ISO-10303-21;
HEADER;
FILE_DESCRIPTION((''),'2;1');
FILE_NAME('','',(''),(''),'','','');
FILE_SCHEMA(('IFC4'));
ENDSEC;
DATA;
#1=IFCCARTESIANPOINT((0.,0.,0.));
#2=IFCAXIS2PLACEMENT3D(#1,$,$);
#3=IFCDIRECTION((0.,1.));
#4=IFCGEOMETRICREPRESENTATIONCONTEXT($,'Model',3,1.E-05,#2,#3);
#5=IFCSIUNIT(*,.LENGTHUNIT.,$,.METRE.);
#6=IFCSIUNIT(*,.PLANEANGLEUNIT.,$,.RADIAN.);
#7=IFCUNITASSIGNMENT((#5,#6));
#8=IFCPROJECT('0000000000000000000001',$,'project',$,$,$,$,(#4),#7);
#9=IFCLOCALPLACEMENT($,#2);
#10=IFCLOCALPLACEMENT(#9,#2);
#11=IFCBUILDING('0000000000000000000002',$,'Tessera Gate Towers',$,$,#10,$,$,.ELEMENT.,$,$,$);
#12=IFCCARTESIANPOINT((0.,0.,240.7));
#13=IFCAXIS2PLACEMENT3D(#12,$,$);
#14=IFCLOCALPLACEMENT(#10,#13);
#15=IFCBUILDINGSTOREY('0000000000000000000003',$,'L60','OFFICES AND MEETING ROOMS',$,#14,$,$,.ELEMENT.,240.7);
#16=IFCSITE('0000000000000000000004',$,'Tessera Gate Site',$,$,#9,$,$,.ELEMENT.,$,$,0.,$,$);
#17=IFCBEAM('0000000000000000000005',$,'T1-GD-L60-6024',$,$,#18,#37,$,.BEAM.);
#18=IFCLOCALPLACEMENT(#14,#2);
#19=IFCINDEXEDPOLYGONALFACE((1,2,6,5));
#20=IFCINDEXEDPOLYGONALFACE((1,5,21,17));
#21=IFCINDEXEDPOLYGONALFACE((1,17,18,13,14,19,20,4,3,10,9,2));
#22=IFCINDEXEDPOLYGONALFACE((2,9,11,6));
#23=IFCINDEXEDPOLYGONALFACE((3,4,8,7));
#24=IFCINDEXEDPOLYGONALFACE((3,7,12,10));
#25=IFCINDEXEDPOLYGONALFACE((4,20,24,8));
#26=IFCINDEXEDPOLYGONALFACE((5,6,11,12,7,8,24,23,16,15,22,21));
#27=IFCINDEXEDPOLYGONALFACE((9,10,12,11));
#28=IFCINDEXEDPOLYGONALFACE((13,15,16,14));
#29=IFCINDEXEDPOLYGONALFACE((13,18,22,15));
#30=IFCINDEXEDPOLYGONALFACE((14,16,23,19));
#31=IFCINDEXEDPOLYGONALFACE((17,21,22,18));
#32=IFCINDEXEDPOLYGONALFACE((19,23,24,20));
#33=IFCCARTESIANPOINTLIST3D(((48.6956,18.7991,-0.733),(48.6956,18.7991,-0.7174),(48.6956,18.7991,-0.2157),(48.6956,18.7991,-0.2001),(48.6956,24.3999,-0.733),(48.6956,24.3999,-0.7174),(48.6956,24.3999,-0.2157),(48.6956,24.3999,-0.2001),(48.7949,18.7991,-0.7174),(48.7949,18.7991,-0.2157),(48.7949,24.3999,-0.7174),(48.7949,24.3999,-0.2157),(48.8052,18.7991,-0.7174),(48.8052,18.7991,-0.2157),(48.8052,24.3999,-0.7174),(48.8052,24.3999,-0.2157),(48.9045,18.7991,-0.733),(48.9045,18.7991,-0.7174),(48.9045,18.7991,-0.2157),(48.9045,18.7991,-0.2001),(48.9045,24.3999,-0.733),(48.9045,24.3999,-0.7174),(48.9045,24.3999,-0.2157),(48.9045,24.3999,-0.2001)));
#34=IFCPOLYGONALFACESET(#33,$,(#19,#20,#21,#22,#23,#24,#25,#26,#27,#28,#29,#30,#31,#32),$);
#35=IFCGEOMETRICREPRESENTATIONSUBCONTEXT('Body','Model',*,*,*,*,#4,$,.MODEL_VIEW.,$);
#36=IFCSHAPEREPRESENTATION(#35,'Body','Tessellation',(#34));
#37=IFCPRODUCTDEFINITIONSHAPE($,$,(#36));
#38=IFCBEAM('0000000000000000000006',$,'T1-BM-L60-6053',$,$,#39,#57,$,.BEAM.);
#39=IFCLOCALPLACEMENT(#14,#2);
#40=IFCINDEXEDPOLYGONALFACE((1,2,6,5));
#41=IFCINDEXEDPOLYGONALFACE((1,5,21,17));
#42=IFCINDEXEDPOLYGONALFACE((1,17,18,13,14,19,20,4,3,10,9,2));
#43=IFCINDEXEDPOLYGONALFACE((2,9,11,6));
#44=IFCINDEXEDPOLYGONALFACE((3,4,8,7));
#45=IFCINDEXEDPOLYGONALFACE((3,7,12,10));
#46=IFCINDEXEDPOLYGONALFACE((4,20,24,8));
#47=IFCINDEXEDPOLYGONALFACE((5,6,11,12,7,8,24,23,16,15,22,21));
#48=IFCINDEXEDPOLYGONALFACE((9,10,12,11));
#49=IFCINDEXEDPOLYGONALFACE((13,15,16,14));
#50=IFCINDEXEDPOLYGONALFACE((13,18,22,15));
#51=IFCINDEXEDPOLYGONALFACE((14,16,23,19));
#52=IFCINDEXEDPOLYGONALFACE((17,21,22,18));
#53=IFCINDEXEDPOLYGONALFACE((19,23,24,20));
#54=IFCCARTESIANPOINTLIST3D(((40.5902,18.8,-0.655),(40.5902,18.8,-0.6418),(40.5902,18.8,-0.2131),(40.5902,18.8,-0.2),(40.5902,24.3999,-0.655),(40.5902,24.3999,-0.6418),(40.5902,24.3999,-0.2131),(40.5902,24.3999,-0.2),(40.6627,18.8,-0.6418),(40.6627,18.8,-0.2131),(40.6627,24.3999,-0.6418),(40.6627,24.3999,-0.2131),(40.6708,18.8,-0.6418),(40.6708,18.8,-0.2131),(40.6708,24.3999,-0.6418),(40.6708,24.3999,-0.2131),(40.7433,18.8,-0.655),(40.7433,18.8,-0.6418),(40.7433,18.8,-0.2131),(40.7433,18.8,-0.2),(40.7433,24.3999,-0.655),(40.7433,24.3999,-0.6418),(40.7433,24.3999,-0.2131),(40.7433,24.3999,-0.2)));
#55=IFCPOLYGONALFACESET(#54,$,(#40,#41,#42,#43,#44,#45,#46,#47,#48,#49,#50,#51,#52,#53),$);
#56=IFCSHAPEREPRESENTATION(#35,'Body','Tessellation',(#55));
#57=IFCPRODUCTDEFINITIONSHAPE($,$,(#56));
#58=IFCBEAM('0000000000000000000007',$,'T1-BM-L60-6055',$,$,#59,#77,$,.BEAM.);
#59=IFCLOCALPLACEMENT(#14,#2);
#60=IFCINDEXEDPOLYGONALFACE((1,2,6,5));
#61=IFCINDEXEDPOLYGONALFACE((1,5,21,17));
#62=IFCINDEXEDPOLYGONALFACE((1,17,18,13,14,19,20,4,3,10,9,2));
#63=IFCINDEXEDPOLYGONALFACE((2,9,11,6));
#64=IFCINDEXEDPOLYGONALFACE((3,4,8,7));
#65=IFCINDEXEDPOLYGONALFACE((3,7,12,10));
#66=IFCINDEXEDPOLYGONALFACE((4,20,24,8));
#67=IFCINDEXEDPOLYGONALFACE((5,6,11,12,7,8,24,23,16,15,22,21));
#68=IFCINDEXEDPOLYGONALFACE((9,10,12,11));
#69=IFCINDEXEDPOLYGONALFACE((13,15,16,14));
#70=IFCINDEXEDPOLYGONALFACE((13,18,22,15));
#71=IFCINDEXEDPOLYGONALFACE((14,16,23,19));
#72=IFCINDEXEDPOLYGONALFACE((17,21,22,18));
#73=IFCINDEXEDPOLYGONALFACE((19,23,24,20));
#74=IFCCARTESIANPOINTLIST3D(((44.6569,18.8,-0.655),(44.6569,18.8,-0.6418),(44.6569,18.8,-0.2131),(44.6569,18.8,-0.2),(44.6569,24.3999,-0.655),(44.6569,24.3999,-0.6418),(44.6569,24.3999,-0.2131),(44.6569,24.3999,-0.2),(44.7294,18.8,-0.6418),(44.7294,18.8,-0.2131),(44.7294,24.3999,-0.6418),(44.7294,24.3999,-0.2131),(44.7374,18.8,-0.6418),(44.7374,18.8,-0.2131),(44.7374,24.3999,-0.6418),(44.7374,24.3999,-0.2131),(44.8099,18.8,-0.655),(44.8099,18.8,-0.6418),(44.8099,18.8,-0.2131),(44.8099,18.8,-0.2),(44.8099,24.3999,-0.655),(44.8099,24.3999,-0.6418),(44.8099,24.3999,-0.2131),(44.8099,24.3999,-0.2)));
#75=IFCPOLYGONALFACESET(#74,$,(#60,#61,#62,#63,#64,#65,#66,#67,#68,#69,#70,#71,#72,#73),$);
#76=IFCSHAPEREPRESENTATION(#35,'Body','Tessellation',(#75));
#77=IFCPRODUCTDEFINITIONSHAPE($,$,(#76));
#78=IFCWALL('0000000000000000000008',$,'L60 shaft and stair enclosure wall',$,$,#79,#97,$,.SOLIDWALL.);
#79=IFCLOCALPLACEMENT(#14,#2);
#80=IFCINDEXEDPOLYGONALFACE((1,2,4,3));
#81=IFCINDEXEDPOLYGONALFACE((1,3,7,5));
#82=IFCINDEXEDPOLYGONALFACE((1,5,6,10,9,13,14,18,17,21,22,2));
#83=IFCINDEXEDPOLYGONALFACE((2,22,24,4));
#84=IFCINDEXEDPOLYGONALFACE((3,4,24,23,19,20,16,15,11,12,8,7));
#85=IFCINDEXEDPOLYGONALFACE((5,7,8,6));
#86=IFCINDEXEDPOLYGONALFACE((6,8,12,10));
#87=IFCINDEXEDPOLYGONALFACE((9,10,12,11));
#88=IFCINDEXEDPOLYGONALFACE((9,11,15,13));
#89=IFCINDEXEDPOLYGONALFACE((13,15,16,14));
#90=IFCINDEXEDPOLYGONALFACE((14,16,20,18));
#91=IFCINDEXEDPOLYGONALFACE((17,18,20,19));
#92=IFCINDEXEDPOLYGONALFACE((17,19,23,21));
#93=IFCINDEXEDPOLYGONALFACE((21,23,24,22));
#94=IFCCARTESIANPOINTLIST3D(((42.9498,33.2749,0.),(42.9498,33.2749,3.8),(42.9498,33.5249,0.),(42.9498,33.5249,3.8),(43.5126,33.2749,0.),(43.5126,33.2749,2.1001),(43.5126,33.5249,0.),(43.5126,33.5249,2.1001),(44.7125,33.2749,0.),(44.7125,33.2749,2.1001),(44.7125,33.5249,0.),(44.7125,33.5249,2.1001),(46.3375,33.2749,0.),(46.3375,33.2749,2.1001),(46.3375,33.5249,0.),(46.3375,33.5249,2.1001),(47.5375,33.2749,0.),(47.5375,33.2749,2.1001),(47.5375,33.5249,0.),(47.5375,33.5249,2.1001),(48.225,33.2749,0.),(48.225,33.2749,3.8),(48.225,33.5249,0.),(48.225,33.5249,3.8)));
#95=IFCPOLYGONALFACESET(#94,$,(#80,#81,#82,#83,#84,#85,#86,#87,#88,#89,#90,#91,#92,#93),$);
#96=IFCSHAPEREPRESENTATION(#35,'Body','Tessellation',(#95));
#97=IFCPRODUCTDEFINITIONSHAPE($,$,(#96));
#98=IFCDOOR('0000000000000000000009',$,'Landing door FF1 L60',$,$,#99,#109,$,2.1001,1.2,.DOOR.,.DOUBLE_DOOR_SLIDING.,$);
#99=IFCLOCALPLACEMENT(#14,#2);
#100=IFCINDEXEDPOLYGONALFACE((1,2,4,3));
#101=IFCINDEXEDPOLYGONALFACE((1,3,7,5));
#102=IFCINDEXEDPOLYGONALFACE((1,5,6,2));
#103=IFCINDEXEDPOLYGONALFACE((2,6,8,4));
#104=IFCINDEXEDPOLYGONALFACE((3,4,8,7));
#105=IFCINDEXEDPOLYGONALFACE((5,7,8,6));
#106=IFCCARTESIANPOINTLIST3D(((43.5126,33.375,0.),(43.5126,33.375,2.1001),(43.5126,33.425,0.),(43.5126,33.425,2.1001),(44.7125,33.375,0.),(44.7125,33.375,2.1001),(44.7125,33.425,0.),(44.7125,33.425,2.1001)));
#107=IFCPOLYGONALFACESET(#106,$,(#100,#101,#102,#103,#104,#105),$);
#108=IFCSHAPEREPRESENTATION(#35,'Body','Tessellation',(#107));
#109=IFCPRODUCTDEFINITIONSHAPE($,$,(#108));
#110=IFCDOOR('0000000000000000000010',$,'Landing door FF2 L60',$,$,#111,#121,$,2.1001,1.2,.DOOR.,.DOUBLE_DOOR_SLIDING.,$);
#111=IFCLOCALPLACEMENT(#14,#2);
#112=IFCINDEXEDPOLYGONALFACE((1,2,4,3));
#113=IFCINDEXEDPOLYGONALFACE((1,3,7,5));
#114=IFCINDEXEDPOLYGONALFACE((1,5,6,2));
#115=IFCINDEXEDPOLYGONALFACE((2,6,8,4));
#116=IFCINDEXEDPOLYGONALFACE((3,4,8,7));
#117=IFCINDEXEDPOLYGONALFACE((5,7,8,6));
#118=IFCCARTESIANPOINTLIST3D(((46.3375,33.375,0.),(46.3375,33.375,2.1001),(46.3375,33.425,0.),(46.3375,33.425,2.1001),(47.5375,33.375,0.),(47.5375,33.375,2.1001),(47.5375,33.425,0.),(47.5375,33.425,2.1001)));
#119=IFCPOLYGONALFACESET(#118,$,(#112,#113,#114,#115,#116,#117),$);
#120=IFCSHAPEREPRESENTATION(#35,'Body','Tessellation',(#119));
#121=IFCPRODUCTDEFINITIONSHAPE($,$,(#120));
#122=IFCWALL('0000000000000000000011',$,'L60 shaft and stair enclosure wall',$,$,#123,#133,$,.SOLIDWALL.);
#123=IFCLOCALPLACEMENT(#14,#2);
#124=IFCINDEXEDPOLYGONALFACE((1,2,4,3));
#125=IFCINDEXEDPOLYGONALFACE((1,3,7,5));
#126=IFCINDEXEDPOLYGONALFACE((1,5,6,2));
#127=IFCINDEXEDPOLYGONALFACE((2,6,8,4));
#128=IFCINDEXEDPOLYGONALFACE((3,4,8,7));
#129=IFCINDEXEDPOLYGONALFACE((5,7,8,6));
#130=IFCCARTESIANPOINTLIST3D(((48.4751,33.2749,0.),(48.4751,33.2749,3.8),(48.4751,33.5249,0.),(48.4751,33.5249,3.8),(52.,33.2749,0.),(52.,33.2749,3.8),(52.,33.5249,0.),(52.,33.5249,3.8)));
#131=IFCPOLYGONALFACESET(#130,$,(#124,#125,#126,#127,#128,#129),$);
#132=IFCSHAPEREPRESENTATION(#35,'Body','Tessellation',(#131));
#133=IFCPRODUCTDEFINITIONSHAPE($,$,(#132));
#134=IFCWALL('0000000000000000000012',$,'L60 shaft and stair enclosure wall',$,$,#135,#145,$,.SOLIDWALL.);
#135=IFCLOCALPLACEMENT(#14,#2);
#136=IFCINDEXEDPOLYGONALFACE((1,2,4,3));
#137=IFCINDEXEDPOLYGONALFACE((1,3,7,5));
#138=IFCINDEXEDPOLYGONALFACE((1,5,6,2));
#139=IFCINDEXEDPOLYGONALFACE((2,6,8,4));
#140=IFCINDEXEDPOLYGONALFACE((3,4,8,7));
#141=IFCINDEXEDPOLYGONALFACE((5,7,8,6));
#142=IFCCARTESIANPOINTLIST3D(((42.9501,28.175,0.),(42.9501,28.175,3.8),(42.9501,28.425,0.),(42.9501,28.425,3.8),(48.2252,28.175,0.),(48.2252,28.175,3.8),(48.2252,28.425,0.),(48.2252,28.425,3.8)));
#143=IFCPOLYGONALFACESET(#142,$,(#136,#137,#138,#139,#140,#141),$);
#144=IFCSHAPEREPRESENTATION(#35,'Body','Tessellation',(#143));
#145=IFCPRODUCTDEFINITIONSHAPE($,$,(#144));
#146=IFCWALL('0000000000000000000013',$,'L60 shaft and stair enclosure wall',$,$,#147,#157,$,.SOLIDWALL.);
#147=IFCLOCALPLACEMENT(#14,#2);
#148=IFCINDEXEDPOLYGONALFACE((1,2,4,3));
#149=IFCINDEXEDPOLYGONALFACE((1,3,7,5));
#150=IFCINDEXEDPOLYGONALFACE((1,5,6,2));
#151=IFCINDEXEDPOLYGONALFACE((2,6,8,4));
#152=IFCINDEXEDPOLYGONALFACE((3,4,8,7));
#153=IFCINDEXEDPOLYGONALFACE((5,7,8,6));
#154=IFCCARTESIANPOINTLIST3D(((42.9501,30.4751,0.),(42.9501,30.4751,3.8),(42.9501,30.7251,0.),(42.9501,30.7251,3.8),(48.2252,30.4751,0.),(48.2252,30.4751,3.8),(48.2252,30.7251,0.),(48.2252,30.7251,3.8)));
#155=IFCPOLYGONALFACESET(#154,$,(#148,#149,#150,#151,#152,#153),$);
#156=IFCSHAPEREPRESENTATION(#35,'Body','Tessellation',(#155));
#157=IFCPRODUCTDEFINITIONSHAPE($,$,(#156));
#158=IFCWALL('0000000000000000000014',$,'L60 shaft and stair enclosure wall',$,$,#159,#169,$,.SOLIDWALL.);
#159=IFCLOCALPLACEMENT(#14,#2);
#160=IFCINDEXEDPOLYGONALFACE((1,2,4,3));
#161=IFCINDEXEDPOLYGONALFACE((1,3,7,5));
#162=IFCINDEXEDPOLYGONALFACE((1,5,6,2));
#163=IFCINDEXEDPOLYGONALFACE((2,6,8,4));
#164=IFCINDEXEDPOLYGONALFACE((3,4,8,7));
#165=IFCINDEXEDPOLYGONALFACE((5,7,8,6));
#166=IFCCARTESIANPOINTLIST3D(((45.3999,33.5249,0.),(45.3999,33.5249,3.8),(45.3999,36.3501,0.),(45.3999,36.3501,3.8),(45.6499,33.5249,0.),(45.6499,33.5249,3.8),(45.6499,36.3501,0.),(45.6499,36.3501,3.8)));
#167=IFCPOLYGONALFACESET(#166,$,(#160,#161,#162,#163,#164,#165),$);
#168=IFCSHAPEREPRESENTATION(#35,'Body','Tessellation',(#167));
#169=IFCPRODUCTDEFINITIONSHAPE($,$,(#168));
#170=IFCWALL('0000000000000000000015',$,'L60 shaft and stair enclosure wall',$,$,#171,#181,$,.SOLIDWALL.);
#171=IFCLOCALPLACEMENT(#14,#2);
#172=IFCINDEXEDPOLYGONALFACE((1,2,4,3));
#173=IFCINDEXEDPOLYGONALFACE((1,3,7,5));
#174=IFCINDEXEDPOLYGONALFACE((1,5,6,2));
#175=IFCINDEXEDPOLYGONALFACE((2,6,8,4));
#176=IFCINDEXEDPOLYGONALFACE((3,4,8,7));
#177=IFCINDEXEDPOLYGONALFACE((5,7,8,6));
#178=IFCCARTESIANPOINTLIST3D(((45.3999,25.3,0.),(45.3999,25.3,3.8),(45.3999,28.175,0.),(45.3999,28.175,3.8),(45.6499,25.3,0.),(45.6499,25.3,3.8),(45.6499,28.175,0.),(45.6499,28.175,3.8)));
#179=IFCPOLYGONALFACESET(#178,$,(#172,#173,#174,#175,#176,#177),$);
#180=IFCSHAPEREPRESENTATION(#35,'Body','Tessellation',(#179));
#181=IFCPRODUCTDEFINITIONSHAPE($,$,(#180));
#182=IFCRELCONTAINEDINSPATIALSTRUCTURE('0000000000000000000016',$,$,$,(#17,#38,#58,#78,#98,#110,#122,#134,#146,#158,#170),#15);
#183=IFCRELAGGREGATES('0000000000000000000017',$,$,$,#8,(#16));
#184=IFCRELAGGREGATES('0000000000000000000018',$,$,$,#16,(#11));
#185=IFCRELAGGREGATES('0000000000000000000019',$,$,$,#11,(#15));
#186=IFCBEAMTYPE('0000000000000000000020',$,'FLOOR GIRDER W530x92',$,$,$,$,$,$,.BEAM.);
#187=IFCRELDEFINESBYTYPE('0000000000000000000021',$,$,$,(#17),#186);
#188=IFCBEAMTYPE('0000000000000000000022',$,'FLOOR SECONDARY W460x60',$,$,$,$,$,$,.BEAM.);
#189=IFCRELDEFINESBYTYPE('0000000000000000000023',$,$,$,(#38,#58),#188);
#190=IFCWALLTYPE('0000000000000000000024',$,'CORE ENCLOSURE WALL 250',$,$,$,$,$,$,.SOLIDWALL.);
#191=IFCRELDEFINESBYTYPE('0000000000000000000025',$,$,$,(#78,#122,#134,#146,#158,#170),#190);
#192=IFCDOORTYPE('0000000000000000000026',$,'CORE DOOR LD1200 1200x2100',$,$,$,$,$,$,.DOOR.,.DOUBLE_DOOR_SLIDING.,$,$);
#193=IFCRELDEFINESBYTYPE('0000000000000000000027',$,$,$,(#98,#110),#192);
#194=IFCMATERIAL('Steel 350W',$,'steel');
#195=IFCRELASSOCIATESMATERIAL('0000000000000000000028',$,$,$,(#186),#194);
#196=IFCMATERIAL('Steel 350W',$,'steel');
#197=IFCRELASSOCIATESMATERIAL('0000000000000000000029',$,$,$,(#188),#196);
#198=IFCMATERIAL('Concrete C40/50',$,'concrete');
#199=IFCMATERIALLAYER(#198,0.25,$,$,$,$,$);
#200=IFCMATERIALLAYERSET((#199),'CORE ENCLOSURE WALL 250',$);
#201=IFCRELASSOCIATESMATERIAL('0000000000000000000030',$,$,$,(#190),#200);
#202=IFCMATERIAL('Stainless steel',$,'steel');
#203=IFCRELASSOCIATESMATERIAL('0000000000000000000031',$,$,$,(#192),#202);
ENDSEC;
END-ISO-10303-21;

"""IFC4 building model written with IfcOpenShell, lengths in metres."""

from ifc_helpers import new_model, si_unit, direction, frame, frame_2d, origin, origin_2d, place, context, subcontext, project, spatial, rectangle, i_section, extrude, source, transform, mapped, material, layer, layer_set, material_profile, profile_set, type_object, element, fill, save


model = new_model("IFC4")

# Units and contexts
model_context = context("Model", 3, precision=1e-05, world=origin(), true_north=direction((0.0, 1.0)))
body_context = subcontext(model_context, "Body", "Model", "MODEL_VIEW")
ifc_project = project(units=[si_unit("LENGTHUNIT", "METRE"), si_unit("PLANEANGLEUNIT", "RADIAN")], contexts=[model_context])

# Site, building, storey
site_placement = place(None, origin())
site = spatial("IfcSite", under=ifc_project, at=site_placement, Name="Tessera Gate Site", CompositionType="ELEMENT", RefElevation=0.0)
building_placement = place(site_placement, origin())
building = spatial("IfcBuilding", under=site, at=building_placement, Name="Tessera Gate Towers", CompositionType="ELEMENT")
storey_placement = place(building_placement, frame((0.0, 0.0, 240.7)))
storey = spatial("IfcBuildingStorey", under=building, at=storey_placement, Name="L60", Description="OFFICES AND MEETING ROOMS", CompositionType="ELEMENT", Elevation=240.7)

# Beams
ifc_material_1 = material(Name="Steel 350W", Category="steel")
ifc_material_profile_1 = material_profile(ifc_material_1, i_section(OverallWidth=0.209, OverallDepth=0.533, WebThickness=0.0103, FlangeThickness=0.0156, at=origin_2d()), Name="W530x92")
ifc_profile_set_1 = profile_set([ifc_material_profile_1], Name="Steel 350W")
beam_type_1 = type_object("IfcBeamType", Name="FLOOR GIRDER W530x92", PredefinedType="BEAM", material=ifc_profile_set_1)
beam_placement = place(storey_placement, frame((48.8, 18.7991, -0.4666), z_axis=(0.0, 1.0, 0.0), x_axis=(-1.0, 0.0, 0.0)))
element("IfcBeam", 1, at=beam_placement, inside=storey, type_object=beam_type_1, Name="T1-GD-L60-6024", PredefinedType="BEAM", context=body_context, shape_type="SweptSolid", body=[
    extrude(i_section(OverallWidth=0.209, OverallDepth=0.533, WebThickness=0.0103, FlangeThickness=0.0156, at=origin_2d()), origin(), (0.0, 0.0, 1.0), 5.6008),
])
ifc_material_2 = material(Name="Steel 350W", Category="steel")
ifc_material_profile_2 = material_profile(ifc_material_2, i_section(OverallWidth=0.1531, OverallDepth=0.4551, WebThickness=0.0081, FlangeThickness=0.0132, at=origin_2d()), Name="W460x60")
ifc_profile_set_2 = profile_set([ifc_material_profile_2], Name="Steel 350W")
beam_type_2 = type_object("IfcBeamType", Name="FLOOR SECONDARY W460x60", PredefinedType="BEAM", material=ifc_profile_set_2)
for number, where, z_axis, x_axis, name in (
    (2, (40.6667, 18.8, -0.4275), (0.0, 1.0, 0.0), (-1.0, 0.0, 0.0), "T1-BM-L60-6053"),
    (3, (44.7334, 18.8, -0.4275), (0.0, 1.0, 0.0), (-1.0, 0.0, 0.0), "T1-BM-L60-6055"),
):
    element("IfcBeam", number, at=place(storey_placement, frame(where, z_axis=z_axis, x_axis=x_axis)), inside=storey, type_object=beam_type_2, Name=name, PredefinedType="BEAM", context=body_context, shape_type="SweptSolid", body=[
        extrude(i_section(OverallWidth=0.1531, OverallDepth=0.4551, WebThickness=0.0081, FlangeThickness=0.0132, at=origin_2d()), origin(), (0.0, 0.0, 1.0), 5.5999),
    ])

# Wall, openings, doors
ifc_material_3 = material(Name="Concrete C40/50", Category="concrete")
ifc_layer_1 = layer(ifc_material_3, 0.25)
ifc_layer_set_1 = layer_set([ifc_layer_1], Name="CORE ENCLOSURE WALL 250")
wall_type_1 = type_object("IfcWallType", Name="CORE ENCLOSURE WALL 250", PredefinedType="SOLIDWALL", material=ifc_layer_set_1)
wall_1_placement = place(storey_placement, frame((48.2251, 33.3999, 0.0), z_axis=(0.0, 0.0, 1.0), x_axis=(-1.0, 0.0, 0.0)))
wall_1 = element("IfcWall", 4, at=wall_1_placement, inside=storey, type_object=wall_type_1, Name="L60 shaft and stair enclosure wall", PredefinedType="SOLIDWALL", context=body_context, shape_type="SweptSolid", body=[
    extrude(rectangle(XDim=5.2751, YDim=0.25, at=frame_2d((2.6377, 0.0))), origin(), (0.0, 0.0, 1.0), 3.8),
])
shared_shape_1 = source(origin(), body_context, "Body", "SweptSolid", [
    extrude(rectangle(XDim=1.2, YDim=2.1001, at=frame_2d((0.6001, 1.05))), frame((0.0, 0.135, 0.0), z_axis=(0.0, -1.0, 0.0), x_axis=(1.0, 0.0, 0.0)), (0.0, 0.0, 1.0), 0.27),
])
opening_1_placement = place(wall_1_placement, frame((3.5125, 0.0, 0.0)))
opening_1 = element("IfcOpeningElement", 5, at=opening_1_placement, cuts=wall_1, PredefinedType="OPENING", context=body_context, shape_type="MappedRepresentation", body=[
    mapped(shared_shape_1, transform((0.0, 0.0, 0.0), scale=1.0)),
])
opening_2_placement = place(wall_1_placement, frame((0.6875, 0.0, 0.0)))
opening_2 = element("IfcOpeningElement", 6, at=opening_2_placement, cuts=wall_1, PredefinedType="OPENING", context=body_context, shape_type="MappedRepresentation", body=[
    mapped(shared_shape_1, transform((0.0, 0.0, 0.0), scale=1.0)),
])
ifc_material_4 = material(Name="Stainless steel", Category="steel")
door_type_1 = type_object("IfcDoorType", Name="CORE DOOR LD1200 1200x2100", OperationType="DOUBLE_DOOR_SLIDING", PredefinedType="DOOR", material=ifc_material_4)
shared_shape_2 = source(origin(), body_context, "Body", "SweptSolid", [
    extrude(rectangle(XDim=1.2, YDim=2.1001, at=frame_2d((0.6001, 1.05))), frame((0.0, 0.0249, 0.0), z_axis=(0.0, -1.0, 0.0), x_axis=(1.0, 0.0, 0.0)), (0.0, 0.0, 1.0), 0.05),
])
door_1_placement = place(opening_1_placement, origin())
door_1 = element("IfcDoor", 7, at=door_1_placement, inside=storey, type_object=door_type_1, Name="Landing door FF1 L60", OperationType="DOUBLE_DOOR_SLIDING", OverallHeight=2.1001, OverallWidth=1.2, PredefinedType="DOOR", context=body_context, shape_type="MappedRepresentation", body=[
    mapped(shared_shape_2, transform((0.0, 0.0, 0.0), scale=1.0)),
])
fill(opening_1, door_1)
door_2_placement = place(opening_2_placement, origin())
door_2 = element("IfcDoor", 8, at=door_2_placement, inside=storey, type_object=door_type_1, Name="Landing door FF2 L60", OperationType="DOUBLE_DOOR_SLIDING", OverallHeight=2.1001, OverallWidth=1.2, PredefinedType="DOOR", context=body_context, shape_type="MappedRepresentation", body=[
    mapped(shared_shape_2, transform((0.0, 0.0, 0.0), scale=1.0)),
])
fill(opening_2, door_2)

# Walls
wall_2_placement = place(storey_placement, frame((48.4751, 33.3999, 0.0), z_axis=(0.0, 0.0, 1.0), x_axis=(1.0, 0.0, 0.0)))
element("IfcWall", 9, at=wall_2_placement, inside=storey, type_object=wall_type_1, Name="L60 shaft and stair enclosure wall", PredefinedType="SOLIDWALL", context=body_context, shape_type="SweptSolid", body=[
    extrude(rectangle(XDim=3.5249, YDim=0.25, at=frame_2d((1.7625, 0.0))), origin(), (0.0, 0.0, 1.0), 3.8),
])
for number, where, z_axis, x_axis, name in (
    (10, (42.95, 28.3, 0.0), (0.0, 0.0, 1.0), (1.0, 0.0, 0.0), "L60 shaft and stair enclosure wall"),
    (11, (42.95, 30.6001, 0.0), (0.0, 0.0, 1.0), (1.0, 0.0, 0.0), "L60 shaft and stair enclosure wall"),
):
    element("IfcWall", number, at=place(storey_placement, frame(where, z_axis=z_axis, x_axis=x_axis)), inside=storey, type_object=wall_type_1, Name=name, PredefinedType="SOLIDWALL", context=body_context, shape_type="SweptSolid", body=[
        extrude(rectangle(XDim=5.2751, YDim=0.25, at=frame_2d((2.6377, 0.0))), origin(), (0.0, 0.0, 1.0), 3.8),
    ])
wall_3_placement = place(storey_placement, frame((45.5249, 33.5249, 0.0), z_axis=(0.0, 0.0, 1.0), x_axis=(0.0, 1.0, 0.0)))
element("IfcWall", 12, at=wall_3_placement, inside=storey, type_object=wall_type_1, Name="L60 shaft and stair enclosure wall", PredefinedType="SOLIDWALL", context=body_context, shape_type="SweptSolid", body=[
    extrude(rectangle(XDim=2.8252, YDim=0.25, at=frame_2d((1.4126, 0.0))), origin(), (0.0, 0.0, 1.0), 3.8),
])
wall_4_placement = place(storey_placement, frame((45.5249, 25.3, 0.0), z_axis=(0.0, 0.0, 1.0), x_axis=(0.0, 1.0, 0.0)))
element("IfcWall", 13, at=wall_4_placement, inside=storey, type_object=wall_type_1, Name="L60 shaft and stair enclosure wall", PredefinedType="SOLIDWALL", context=body_context, shape_type="SweptSolid", body=[
    extrude(rectangle(XDim=2.875, YDim=0.25, at=frame_2d((1.4375, 0.0))), origin(), (0.0, 0.0, 1.0), 3.8),
])

save(model, "model.ifc")
